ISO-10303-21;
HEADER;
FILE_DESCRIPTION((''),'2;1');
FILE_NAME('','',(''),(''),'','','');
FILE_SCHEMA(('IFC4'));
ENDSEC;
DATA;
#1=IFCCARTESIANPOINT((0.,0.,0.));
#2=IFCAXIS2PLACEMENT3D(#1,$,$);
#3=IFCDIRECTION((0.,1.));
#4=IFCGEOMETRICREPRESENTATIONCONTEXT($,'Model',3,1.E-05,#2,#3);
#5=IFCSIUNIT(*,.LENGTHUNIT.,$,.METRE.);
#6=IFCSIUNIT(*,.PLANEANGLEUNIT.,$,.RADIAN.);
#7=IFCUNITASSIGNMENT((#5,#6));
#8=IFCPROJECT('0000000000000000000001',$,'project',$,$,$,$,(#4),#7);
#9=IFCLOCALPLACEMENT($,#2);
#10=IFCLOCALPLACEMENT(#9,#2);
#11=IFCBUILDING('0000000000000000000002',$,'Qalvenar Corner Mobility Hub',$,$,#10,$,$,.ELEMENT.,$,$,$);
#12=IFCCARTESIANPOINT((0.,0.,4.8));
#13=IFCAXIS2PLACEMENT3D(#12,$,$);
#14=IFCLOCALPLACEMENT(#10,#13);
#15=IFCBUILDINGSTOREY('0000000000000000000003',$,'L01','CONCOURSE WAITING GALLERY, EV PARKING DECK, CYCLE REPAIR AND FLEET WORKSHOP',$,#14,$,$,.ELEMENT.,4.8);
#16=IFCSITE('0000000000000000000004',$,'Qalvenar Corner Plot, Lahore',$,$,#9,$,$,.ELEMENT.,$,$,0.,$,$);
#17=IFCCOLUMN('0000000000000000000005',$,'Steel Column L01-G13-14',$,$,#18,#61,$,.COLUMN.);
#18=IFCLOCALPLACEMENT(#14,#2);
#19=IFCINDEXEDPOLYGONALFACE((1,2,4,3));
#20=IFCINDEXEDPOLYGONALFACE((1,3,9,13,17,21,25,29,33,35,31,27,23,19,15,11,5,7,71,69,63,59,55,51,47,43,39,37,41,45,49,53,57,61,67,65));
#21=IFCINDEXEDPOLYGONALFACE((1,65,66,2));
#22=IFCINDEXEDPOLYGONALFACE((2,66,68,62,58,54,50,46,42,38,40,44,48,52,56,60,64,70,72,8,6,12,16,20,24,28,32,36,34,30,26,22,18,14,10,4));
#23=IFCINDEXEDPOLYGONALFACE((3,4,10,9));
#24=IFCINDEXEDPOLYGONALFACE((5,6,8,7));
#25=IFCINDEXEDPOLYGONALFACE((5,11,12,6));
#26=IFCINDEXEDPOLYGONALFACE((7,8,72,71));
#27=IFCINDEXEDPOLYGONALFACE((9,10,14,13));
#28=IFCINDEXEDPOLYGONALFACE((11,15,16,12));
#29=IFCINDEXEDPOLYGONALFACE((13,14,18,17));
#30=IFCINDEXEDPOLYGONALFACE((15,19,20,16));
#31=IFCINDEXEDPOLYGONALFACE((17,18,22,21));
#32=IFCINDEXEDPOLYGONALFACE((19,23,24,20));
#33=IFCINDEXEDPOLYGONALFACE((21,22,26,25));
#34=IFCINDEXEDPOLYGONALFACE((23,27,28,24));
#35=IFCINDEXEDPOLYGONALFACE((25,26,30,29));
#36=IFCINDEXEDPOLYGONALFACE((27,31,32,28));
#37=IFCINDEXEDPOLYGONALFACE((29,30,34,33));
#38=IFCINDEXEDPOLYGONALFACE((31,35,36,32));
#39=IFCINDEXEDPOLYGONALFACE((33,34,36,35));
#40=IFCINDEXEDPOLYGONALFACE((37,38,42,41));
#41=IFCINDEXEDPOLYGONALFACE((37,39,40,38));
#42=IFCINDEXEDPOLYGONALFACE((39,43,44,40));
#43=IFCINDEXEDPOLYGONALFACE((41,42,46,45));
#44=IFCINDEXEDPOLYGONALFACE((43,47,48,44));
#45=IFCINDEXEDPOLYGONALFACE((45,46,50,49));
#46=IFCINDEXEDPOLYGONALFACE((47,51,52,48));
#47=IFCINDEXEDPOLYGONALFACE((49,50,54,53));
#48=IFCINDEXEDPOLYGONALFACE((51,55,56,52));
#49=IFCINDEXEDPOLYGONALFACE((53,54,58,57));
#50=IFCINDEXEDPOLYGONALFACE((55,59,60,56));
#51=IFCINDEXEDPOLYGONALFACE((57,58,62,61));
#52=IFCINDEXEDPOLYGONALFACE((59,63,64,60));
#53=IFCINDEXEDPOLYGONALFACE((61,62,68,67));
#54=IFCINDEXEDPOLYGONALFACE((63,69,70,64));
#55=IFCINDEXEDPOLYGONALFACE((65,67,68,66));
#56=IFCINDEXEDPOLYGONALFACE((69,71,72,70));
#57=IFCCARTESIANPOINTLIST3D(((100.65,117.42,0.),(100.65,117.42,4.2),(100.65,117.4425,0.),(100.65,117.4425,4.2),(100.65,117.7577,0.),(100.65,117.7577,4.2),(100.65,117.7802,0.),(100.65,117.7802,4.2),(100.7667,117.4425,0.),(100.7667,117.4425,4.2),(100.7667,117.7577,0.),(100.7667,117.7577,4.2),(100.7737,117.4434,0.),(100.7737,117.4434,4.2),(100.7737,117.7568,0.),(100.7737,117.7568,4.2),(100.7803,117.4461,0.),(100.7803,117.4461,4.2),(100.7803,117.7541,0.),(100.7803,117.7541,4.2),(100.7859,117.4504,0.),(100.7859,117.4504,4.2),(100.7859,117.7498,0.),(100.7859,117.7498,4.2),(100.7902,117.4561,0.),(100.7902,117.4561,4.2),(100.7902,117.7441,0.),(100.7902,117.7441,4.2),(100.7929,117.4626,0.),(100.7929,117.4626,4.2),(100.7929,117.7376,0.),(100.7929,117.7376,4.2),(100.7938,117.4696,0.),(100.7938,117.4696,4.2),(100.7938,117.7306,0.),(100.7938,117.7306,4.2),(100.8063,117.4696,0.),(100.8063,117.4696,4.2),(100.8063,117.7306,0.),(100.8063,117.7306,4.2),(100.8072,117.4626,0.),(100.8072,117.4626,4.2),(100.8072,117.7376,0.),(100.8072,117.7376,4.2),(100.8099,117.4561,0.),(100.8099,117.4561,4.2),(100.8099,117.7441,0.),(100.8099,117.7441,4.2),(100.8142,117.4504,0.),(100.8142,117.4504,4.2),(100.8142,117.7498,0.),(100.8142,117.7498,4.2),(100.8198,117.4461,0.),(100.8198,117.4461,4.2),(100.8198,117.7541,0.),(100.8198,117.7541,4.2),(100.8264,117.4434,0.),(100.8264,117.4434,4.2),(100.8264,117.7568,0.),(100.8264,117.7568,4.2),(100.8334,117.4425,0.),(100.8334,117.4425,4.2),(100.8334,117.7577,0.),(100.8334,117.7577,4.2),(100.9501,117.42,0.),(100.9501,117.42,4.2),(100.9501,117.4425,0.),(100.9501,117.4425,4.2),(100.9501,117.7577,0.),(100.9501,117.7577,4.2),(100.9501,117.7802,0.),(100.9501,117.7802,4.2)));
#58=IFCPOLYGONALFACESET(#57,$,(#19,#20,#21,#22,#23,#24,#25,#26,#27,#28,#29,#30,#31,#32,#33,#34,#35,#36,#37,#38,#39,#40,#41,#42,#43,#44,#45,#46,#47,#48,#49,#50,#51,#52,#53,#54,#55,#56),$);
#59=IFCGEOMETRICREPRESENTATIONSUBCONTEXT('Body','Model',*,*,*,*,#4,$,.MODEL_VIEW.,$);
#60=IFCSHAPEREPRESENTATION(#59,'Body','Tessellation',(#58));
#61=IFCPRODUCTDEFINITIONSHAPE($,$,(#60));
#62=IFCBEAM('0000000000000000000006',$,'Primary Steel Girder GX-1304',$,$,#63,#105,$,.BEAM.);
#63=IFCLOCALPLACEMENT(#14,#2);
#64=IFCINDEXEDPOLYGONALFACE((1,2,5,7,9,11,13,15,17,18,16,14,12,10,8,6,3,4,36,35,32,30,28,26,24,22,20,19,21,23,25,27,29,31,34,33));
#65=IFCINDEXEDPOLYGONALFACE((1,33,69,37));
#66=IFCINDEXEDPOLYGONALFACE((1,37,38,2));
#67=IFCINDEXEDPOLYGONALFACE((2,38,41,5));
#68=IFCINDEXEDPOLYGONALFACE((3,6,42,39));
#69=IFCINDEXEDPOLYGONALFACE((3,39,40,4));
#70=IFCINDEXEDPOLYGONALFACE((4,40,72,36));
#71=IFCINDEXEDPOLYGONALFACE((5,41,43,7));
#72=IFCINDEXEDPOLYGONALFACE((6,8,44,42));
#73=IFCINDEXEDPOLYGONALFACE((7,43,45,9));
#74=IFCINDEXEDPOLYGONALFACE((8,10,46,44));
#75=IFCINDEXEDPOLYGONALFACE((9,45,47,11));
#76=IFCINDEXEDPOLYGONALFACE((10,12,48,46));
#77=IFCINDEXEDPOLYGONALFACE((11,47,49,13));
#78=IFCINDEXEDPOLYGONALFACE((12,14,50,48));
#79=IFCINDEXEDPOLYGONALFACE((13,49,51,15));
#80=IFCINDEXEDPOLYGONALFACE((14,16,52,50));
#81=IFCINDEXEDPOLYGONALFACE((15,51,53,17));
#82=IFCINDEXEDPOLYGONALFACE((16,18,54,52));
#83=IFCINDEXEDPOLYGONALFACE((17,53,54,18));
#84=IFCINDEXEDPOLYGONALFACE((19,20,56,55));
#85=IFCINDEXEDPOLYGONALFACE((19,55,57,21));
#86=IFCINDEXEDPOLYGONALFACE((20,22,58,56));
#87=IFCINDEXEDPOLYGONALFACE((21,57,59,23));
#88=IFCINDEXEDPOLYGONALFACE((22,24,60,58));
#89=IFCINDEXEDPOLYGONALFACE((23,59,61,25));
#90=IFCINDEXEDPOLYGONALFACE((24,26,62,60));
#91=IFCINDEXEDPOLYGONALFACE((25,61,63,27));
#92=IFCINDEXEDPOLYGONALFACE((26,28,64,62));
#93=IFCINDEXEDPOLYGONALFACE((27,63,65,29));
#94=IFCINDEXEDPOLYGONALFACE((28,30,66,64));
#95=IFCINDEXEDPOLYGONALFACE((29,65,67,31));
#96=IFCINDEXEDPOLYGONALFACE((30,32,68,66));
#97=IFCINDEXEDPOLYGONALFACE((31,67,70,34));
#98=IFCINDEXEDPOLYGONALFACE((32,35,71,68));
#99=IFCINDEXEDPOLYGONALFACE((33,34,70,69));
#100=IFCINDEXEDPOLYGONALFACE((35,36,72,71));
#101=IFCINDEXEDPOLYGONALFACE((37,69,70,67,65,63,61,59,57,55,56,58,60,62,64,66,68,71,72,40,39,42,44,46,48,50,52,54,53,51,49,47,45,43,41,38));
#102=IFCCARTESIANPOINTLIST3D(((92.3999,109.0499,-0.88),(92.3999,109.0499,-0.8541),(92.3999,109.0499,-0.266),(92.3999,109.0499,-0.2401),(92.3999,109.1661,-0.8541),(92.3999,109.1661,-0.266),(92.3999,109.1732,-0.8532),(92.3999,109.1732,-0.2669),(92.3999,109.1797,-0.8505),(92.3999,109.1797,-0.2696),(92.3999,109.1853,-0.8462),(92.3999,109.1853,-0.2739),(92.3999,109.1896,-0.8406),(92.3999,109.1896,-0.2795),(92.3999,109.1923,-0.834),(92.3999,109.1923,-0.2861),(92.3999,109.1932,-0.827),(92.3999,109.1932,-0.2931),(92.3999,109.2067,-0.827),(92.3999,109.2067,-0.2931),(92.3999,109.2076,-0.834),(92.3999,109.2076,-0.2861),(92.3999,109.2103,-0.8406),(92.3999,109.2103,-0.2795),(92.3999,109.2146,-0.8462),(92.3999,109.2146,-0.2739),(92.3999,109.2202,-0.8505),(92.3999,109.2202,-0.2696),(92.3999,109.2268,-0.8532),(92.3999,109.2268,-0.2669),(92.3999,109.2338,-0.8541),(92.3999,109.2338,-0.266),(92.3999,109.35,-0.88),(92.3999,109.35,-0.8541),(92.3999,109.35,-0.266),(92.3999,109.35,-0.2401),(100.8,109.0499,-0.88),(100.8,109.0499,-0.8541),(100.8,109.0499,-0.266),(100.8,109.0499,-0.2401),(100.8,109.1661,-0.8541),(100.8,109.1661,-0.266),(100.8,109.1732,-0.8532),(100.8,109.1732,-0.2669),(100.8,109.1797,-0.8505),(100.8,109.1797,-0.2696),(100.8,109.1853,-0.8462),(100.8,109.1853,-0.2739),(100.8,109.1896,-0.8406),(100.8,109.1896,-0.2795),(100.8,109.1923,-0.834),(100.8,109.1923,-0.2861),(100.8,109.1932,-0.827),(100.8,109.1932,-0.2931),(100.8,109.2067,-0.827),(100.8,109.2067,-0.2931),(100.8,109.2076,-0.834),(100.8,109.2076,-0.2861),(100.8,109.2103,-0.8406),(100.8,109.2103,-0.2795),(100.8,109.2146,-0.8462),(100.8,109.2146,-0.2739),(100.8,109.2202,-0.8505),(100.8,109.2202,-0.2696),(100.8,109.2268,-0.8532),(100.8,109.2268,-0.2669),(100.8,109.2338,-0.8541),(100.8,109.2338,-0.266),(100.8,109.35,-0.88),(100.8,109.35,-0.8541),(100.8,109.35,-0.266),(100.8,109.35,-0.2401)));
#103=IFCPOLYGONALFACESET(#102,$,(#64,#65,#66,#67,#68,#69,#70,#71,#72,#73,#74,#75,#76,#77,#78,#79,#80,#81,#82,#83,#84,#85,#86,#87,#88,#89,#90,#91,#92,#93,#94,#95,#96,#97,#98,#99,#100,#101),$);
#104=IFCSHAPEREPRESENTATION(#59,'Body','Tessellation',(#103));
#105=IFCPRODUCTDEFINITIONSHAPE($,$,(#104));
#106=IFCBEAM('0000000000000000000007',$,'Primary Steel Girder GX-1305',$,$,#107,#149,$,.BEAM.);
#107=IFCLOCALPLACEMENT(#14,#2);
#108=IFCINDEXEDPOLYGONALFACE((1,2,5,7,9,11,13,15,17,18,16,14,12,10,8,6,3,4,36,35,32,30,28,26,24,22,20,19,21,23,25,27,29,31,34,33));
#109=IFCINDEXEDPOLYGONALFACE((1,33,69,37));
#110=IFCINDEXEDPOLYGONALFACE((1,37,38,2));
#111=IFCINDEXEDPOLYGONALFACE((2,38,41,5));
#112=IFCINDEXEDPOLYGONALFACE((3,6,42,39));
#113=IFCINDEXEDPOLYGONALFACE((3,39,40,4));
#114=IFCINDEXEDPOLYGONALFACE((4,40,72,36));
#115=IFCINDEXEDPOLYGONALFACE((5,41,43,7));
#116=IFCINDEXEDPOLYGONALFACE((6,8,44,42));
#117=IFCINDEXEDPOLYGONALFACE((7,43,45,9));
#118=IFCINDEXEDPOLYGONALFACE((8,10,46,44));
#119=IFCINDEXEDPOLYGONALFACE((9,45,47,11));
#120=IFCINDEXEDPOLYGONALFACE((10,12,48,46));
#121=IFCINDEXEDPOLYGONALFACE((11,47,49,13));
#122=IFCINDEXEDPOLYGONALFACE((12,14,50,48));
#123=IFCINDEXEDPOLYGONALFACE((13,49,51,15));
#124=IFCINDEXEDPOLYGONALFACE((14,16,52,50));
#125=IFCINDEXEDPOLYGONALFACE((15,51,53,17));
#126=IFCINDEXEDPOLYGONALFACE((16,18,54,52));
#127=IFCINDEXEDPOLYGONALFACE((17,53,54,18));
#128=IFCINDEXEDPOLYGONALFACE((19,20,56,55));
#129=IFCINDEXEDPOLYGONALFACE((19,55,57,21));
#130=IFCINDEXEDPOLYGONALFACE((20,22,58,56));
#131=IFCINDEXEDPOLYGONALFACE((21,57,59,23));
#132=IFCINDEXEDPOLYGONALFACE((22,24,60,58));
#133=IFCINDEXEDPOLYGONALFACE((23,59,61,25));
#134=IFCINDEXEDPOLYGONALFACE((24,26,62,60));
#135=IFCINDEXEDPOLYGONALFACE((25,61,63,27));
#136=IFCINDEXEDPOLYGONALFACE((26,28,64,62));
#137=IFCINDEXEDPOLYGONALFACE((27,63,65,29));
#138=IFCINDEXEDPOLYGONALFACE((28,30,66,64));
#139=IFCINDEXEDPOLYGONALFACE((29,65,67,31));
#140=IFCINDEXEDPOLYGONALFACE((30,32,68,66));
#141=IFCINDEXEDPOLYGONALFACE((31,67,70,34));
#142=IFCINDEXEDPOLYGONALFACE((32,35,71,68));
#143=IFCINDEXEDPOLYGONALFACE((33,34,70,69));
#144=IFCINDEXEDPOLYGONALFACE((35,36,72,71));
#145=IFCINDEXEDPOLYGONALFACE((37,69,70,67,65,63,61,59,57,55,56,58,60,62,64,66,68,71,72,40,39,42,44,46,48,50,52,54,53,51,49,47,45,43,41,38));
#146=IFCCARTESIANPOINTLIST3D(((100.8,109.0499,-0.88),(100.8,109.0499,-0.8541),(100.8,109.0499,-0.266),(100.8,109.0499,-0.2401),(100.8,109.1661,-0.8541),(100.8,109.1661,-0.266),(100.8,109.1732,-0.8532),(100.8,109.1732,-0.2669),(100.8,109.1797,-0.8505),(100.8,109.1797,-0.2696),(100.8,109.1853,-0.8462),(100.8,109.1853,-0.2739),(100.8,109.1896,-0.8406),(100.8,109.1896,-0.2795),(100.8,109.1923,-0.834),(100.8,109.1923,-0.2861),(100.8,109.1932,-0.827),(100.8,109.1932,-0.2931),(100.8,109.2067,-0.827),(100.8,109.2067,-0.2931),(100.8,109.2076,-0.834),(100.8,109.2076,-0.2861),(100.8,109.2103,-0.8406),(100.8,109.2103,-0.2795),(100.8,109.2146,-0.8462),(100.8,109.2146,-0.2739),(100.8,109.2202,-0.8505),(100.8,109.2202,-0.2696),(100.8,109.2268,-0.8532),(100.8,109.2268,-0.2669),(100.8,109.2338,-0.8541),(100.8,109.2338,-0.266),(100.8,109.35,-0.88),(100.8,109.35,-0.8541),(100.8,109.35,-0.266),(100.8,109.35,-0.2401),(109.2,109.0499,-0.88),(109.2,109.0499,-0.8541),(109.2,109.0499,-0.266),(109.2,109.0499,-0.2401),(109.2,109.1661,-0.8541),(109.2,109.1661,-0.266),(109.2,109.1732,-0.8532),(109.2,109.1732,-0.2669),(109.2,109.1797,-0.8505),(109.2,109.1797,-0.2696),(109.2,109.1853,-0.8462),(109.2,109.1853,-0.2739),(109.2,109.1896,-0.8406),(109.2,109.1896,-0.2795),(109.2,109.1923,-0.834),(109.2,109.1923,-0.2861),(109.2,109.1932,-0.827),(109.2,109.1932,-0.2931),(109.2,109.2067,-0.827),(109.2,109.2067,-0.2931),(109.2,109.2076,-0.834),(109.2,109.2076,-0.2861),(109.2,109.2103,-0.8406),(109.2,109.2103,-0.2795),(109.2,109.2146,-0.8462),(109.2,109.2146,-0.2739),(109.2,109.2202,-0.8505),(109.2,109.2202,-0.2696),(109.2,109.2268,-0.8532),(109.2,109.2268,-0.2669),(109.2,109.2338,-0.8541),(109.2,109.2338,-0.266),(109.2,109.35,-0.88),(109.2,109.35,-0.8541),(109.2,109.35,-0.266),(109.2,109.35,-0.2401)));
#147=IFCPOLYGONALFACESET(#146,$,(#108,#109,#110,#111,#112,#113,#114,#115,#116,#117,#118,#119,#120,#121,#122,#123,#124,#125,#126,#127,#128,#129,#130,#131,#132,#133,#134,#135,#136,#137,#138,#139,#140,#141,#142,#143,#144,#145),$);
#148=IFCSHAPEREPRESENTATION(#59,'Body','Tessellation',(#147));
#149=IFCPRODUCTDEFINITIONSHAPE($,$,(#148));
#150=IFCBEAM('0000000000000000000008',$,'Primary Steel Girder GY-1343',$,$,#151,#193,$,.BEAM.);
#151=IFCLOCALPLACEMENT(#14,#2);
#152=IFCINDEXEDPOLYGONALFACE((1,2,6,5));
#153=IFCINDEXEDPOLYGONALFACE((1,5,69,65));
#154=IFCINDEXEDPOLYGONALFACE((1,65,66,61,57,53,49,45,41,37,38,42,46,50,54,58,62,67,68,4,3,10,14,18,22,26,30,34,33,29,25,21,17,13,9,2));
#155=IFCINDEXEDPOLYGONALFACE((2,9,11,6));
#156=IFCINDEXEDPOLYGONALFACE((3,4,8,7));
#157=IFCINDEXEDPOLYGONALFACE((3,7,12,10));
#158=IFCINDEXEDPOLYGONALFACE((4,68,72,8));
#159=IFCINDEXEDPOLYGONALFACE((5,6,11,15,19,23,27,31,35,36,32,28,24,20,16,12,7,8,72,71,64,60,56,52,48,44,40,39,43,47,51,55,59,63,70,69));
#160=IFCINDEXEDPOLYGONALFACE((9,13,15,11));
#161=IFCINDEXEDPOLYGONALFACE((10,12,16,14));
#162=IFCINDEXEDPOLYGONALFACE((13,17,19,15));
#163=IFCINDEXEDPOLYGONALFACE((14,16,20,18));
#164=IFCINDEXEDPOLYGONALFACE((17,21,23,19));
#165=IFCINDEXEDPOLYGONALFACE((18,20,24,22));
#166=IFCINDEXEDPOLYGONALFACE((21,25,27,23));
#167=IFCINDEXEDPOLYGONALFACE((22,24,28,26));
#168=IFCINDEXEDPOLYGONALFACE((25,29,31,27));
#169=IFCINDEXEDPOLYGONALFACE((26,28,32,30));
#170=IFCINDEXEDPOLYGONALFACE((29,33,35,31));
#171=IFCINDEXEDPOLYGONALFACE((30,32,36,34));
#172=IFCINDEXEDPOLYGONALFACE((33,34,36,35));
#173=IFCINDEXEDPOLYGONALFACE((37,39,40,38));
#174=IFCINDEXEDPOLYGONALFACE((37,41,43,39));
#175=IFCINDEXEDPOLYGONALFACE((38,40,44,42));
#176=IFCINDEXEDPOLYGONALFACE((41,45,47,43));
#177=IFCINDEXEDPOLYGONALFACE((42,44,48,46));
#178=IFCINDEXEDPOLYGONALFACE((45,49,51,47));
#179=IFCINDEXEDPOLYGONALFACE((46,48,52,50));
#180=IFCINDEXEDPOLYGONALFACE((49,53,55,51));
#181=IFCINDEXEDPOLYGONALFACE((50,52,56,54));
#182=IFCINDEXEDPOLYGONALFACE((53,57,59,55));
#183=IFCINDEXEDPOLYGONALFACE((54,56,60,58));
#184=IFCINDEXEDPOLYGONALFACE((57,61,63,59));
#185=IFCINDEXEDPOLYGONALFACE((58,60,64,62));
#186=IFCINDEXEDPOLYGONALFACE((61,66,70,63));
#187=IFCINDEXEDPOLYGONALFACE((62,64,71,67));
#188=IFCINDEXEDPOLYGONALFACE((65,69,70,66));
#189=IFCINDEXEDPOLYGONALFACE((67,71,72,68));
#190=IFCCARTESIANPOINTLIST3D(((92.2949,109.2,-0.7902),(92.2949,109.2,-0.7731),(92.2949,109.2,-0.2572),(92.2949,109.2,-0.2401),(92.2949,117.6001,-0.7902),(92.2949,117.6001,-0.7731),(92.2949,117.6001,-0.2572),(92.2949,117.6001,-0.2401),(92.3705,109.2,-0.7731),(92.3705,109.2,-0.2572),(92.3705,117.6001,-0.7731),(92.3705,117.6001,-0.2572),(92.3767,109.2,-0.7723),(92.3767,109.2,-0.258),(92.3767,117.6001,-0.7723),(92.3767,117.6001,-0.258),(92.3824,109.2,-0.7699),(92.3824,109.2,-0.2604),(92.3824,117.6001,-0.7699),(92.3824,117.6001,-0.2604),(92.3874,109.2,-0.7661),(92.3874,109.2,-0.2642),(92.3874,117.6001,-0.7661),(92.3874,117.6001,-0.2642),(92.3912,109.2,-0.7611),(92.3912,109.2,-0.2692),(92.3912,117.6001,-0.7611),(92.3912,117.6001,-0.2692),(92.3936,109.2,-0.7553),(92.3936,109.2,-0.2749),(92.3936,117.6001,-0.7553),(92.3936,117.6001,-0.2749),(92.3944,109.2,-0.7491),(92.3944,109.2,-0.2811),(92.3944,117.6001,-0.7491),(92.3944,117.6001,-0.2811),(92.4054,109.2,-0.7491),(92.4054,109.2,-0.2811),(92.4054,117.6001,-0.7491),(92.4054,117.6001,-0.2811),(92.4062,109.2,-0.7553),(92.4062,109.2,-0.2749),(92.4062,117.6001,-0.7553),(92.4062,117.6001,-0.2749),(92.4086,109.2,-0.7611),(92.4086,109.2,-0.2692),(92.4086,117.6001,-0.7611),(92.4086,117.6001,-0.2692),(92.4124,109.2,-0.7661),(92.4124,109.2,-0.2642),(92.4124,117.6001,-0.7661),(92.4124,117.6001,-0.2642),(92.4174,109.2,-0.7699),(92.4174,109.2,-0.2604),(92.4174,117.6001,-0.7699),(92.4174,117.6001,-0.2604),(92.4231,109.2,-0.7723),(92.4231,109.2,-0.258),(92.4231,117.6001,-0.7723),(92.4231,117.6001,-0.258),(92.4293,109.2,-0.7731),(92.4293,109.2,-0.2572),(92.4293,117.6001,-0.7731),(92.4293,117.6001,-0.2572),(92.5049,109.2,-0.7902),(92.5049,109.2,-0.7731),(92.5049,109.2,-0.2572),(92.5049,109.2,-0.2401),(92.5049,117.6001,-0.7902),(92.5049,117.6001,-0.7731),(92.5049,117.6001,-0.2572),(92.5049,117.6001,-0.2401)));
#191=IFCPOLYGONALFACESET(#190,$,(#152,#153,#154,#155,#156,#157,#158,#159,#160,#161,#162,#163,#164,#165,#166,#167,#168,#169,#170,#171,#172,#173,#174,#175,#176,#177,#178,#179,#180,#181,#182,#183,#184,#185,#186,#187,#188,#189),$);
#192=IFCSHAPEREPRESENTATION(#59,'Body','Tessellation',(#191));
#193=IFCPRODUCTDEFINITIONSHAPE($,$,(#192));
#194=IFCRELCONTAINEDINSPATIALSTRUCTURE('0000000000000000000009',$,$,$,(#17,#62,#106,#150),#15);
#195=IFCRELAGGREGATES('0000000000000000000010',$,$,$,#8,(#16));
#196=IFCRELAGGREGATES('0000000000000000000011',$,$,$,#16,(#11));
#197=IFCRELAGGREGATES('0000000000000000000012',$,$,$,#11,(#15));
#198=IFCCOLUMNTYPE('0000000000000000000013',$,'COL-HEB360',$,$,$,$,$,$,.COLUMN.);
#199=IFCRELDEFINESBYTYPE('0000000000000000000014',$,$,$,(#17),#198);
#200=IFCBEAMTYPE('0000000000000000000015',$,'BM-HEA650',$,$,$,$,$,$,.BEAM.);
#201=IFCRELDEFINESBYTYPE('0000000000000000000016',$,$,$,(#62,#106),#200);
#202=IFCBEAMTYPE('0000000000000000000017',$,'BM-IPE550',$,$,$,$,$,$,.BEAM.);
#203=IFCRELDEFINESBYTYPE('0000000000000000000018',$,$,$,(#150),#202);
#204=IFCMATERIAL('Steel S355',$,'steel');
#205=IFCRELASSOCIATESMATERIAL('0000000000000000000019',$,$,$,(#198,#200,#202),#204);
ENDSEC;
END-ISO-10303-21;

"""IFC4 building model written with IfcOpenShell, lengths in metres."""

from ifc_helpers import new_model, si_unit, direction, frame, origin, origin_2d, place, context, subcontext, project, spatial, i_section, extrude, material, material_profile, profile_set, type_object, element, save


model = new_model("IFC4")

# Units and contexts
model_context = context("Model", 3, precision=1e-05, world=origin(), true_north=direction((0.0, 1.0)))
body_context = subcontext(model_context, "Body", "Model", "MODEL_VIEW")
ifc_project = project(units=[si_unit("LENGTHUNIT", "METRE"), si_unit("PLANEANGLEUNIT", "RADIAN")], contexts=[model_context])

# Site, building, storey
site_placement = place(None, origin())
site = spatial("IfcSite", under=ifc_project, at=site_placement, Name="Qalvenar Corner Plot, Lahore", CompositionType="ELEMENT", RefElevation=0.0)
building_placement = place(site_placement, origin())
building = spatial("IfcBuilding", under=site, at=building_placement, Name="Qalvenar Corner Mobility Hub", CompositionType="ELEMENT")
storey_placement = place(building_placement, frame((0.0, 0.0, 4.8)))
storey = spatial("IfcBuildingStorey", under=building, at=storey_placement, Name="L01", Description="CONCOURSE WAITING GALLERY, EV PARKING DECK, CYCLE REPAIR AND FLEET WORKSHOP", CompositionType="ELEMENT", Elevation=4.8)

# Column
ifc_material = material(Name="Steel S355", Category="steel")
ifc_material_profile_1 = material_profile(ifc_material, i_section(OverallWidth=0.3, OverallDepth=0.3601, WebThickness=0.0125, FlangeThickness=0.0225, FilletRadius=0.0271, at=origin_2d()), Name="HEB360")
ifc_profile_set_1 = profile_set([ifc_material_profile_1], Name="Steel S355")
column_type_1 = type_object("IfcColumnType", Name="COL-HEB360", PredefinedType="COLUMN", material=ifc_profile_set_1)
column_1_placement = place(storey_placement, frame((100.8, 117.6001, 0.0), z_axis=(0.0, 0.0, 1.0), x_axis=(1.0, 0.0, 0.0)))
element("IfcColumn", 1, at=column_1_placement, inside=storey, type_object=column_type_1, Name="Steel Column L01-G13-14", PredefinedType="COLUMN", context=body_context, shape_type="SweptSolid", body=[
    extrude(i_section(OverallWidth=0.3, OverallDepth=0.3601, WebThickness=0.0125, FlangeThickness=0.0225, FilletRadius=0.0271, at=origin_2d()), origin(), (0.0, 0.0, 1.0), 4.2),
])

# Beams
ifc_material_profile_2 = material_profile(ifc_material, i_section(OverallWidth=0.3, OverallDepth=0.6399, WebThickness=0.0134, FlangeThickness=0.0259, FilletRadius=0.0271, at=origin_2d()), Name="HEA650")
ifc_profile_set_2 = profile_set([ifc_material_profile_2], Name="Steel S355")
beam_type_1 = type_object("IfcBeamType", Name="BM-HEA650", PredefinedType="BEAM", material=ifc_profile_set_2)
beam_1_placement = place(storey_placement, frame((92.3999, 109.2, -0.5601), z_axis=(1.0, 0.0, 0.0), x_axis=(0.0, 1.0, 0.0)))
element("IfcBeam", 2, at=beam_1_placement, inside=storey, type_object=beam_type_1, Name="Primary Steel Girder GX-1304", PredefinedType="BEAM", context=body_context, shape_type="SweptSolid", body=[
    extrude(i_section(OverallWidth=0.3, OverallDepth=0.6399, WebThickness=0.0134, FlangeThickness=0.0259, FilletRadius=0.0271, at=origin_2d()), origin(), (0.0, 0.0, 1.0), 8.4001),
])
beam_2_placement = place(storey_placement, frame((100.8, 109.2, -0.5601), z_axis=(1.0, 0.0, 0.0), x_axis=(0.0, 1.0, 0.0)))
element("IfcBeam", 3, at=beam_2_placement, inside=storey, type_object=beam_type_1, Name="Primary Steel Girder GX-1305", PredefinedType="BEAM", context=body_context, shape_type="SweptSolid", body=[
    extrude(i_section(OverallWidth=0.3, OverallDepth=0.6399, WebThickness=0.0134, FlangeThickness=0.0259, FilletRadius=0.0271, at=origin_2d()), origin(), (0.0, 0.0, 1.0), 8.3999),
])
ifc_material_profile_3 = material_profile(ifc_material, i_section(OverallWidth=0.21, OverallDepth=0.55, WebThickness=0.011, FlangeThickness=0.0171, FilletRadius=0.0239, at=origin_2d()), Name="IPE550")
ifc_profile_set_3 = profile_set([ifc_material_profile_3], Name="Steel S355")
beam_type_2 = type_object("IfcBeamType", Name="BM-IPE550", PredefinedType="BEAM", material=ifc_profile_set_3)
for number, where, z_axis, x_axis, name in (
    (4, (92.3999, 109.2, -0.5151), (0.0, 1.0, 0.0), (-1.0, 0.0, 0.0), "Primary Steel Girder GY-1343"),
):
    element("IfcBeam", number, at=place(storey_placement, frame(where, z_axis=z_axis, x_axis=x_axis)), inside=storey, type_object=beam_type_2, Name=name, PredefinedType="BEAM", context=body_context, shape_type="SweptSolid", body=[
        extrude(i_section(OverallWidth=0.21, OverallDepth=0.55, WebThickness=0.011, FlangeThickness=0.0171, FilletRadius=0.0239, at=origin_2d()), origin(), (0.0, 0.0, 1.0), 8.4001),
    ])

save(model, "model.ifc")
